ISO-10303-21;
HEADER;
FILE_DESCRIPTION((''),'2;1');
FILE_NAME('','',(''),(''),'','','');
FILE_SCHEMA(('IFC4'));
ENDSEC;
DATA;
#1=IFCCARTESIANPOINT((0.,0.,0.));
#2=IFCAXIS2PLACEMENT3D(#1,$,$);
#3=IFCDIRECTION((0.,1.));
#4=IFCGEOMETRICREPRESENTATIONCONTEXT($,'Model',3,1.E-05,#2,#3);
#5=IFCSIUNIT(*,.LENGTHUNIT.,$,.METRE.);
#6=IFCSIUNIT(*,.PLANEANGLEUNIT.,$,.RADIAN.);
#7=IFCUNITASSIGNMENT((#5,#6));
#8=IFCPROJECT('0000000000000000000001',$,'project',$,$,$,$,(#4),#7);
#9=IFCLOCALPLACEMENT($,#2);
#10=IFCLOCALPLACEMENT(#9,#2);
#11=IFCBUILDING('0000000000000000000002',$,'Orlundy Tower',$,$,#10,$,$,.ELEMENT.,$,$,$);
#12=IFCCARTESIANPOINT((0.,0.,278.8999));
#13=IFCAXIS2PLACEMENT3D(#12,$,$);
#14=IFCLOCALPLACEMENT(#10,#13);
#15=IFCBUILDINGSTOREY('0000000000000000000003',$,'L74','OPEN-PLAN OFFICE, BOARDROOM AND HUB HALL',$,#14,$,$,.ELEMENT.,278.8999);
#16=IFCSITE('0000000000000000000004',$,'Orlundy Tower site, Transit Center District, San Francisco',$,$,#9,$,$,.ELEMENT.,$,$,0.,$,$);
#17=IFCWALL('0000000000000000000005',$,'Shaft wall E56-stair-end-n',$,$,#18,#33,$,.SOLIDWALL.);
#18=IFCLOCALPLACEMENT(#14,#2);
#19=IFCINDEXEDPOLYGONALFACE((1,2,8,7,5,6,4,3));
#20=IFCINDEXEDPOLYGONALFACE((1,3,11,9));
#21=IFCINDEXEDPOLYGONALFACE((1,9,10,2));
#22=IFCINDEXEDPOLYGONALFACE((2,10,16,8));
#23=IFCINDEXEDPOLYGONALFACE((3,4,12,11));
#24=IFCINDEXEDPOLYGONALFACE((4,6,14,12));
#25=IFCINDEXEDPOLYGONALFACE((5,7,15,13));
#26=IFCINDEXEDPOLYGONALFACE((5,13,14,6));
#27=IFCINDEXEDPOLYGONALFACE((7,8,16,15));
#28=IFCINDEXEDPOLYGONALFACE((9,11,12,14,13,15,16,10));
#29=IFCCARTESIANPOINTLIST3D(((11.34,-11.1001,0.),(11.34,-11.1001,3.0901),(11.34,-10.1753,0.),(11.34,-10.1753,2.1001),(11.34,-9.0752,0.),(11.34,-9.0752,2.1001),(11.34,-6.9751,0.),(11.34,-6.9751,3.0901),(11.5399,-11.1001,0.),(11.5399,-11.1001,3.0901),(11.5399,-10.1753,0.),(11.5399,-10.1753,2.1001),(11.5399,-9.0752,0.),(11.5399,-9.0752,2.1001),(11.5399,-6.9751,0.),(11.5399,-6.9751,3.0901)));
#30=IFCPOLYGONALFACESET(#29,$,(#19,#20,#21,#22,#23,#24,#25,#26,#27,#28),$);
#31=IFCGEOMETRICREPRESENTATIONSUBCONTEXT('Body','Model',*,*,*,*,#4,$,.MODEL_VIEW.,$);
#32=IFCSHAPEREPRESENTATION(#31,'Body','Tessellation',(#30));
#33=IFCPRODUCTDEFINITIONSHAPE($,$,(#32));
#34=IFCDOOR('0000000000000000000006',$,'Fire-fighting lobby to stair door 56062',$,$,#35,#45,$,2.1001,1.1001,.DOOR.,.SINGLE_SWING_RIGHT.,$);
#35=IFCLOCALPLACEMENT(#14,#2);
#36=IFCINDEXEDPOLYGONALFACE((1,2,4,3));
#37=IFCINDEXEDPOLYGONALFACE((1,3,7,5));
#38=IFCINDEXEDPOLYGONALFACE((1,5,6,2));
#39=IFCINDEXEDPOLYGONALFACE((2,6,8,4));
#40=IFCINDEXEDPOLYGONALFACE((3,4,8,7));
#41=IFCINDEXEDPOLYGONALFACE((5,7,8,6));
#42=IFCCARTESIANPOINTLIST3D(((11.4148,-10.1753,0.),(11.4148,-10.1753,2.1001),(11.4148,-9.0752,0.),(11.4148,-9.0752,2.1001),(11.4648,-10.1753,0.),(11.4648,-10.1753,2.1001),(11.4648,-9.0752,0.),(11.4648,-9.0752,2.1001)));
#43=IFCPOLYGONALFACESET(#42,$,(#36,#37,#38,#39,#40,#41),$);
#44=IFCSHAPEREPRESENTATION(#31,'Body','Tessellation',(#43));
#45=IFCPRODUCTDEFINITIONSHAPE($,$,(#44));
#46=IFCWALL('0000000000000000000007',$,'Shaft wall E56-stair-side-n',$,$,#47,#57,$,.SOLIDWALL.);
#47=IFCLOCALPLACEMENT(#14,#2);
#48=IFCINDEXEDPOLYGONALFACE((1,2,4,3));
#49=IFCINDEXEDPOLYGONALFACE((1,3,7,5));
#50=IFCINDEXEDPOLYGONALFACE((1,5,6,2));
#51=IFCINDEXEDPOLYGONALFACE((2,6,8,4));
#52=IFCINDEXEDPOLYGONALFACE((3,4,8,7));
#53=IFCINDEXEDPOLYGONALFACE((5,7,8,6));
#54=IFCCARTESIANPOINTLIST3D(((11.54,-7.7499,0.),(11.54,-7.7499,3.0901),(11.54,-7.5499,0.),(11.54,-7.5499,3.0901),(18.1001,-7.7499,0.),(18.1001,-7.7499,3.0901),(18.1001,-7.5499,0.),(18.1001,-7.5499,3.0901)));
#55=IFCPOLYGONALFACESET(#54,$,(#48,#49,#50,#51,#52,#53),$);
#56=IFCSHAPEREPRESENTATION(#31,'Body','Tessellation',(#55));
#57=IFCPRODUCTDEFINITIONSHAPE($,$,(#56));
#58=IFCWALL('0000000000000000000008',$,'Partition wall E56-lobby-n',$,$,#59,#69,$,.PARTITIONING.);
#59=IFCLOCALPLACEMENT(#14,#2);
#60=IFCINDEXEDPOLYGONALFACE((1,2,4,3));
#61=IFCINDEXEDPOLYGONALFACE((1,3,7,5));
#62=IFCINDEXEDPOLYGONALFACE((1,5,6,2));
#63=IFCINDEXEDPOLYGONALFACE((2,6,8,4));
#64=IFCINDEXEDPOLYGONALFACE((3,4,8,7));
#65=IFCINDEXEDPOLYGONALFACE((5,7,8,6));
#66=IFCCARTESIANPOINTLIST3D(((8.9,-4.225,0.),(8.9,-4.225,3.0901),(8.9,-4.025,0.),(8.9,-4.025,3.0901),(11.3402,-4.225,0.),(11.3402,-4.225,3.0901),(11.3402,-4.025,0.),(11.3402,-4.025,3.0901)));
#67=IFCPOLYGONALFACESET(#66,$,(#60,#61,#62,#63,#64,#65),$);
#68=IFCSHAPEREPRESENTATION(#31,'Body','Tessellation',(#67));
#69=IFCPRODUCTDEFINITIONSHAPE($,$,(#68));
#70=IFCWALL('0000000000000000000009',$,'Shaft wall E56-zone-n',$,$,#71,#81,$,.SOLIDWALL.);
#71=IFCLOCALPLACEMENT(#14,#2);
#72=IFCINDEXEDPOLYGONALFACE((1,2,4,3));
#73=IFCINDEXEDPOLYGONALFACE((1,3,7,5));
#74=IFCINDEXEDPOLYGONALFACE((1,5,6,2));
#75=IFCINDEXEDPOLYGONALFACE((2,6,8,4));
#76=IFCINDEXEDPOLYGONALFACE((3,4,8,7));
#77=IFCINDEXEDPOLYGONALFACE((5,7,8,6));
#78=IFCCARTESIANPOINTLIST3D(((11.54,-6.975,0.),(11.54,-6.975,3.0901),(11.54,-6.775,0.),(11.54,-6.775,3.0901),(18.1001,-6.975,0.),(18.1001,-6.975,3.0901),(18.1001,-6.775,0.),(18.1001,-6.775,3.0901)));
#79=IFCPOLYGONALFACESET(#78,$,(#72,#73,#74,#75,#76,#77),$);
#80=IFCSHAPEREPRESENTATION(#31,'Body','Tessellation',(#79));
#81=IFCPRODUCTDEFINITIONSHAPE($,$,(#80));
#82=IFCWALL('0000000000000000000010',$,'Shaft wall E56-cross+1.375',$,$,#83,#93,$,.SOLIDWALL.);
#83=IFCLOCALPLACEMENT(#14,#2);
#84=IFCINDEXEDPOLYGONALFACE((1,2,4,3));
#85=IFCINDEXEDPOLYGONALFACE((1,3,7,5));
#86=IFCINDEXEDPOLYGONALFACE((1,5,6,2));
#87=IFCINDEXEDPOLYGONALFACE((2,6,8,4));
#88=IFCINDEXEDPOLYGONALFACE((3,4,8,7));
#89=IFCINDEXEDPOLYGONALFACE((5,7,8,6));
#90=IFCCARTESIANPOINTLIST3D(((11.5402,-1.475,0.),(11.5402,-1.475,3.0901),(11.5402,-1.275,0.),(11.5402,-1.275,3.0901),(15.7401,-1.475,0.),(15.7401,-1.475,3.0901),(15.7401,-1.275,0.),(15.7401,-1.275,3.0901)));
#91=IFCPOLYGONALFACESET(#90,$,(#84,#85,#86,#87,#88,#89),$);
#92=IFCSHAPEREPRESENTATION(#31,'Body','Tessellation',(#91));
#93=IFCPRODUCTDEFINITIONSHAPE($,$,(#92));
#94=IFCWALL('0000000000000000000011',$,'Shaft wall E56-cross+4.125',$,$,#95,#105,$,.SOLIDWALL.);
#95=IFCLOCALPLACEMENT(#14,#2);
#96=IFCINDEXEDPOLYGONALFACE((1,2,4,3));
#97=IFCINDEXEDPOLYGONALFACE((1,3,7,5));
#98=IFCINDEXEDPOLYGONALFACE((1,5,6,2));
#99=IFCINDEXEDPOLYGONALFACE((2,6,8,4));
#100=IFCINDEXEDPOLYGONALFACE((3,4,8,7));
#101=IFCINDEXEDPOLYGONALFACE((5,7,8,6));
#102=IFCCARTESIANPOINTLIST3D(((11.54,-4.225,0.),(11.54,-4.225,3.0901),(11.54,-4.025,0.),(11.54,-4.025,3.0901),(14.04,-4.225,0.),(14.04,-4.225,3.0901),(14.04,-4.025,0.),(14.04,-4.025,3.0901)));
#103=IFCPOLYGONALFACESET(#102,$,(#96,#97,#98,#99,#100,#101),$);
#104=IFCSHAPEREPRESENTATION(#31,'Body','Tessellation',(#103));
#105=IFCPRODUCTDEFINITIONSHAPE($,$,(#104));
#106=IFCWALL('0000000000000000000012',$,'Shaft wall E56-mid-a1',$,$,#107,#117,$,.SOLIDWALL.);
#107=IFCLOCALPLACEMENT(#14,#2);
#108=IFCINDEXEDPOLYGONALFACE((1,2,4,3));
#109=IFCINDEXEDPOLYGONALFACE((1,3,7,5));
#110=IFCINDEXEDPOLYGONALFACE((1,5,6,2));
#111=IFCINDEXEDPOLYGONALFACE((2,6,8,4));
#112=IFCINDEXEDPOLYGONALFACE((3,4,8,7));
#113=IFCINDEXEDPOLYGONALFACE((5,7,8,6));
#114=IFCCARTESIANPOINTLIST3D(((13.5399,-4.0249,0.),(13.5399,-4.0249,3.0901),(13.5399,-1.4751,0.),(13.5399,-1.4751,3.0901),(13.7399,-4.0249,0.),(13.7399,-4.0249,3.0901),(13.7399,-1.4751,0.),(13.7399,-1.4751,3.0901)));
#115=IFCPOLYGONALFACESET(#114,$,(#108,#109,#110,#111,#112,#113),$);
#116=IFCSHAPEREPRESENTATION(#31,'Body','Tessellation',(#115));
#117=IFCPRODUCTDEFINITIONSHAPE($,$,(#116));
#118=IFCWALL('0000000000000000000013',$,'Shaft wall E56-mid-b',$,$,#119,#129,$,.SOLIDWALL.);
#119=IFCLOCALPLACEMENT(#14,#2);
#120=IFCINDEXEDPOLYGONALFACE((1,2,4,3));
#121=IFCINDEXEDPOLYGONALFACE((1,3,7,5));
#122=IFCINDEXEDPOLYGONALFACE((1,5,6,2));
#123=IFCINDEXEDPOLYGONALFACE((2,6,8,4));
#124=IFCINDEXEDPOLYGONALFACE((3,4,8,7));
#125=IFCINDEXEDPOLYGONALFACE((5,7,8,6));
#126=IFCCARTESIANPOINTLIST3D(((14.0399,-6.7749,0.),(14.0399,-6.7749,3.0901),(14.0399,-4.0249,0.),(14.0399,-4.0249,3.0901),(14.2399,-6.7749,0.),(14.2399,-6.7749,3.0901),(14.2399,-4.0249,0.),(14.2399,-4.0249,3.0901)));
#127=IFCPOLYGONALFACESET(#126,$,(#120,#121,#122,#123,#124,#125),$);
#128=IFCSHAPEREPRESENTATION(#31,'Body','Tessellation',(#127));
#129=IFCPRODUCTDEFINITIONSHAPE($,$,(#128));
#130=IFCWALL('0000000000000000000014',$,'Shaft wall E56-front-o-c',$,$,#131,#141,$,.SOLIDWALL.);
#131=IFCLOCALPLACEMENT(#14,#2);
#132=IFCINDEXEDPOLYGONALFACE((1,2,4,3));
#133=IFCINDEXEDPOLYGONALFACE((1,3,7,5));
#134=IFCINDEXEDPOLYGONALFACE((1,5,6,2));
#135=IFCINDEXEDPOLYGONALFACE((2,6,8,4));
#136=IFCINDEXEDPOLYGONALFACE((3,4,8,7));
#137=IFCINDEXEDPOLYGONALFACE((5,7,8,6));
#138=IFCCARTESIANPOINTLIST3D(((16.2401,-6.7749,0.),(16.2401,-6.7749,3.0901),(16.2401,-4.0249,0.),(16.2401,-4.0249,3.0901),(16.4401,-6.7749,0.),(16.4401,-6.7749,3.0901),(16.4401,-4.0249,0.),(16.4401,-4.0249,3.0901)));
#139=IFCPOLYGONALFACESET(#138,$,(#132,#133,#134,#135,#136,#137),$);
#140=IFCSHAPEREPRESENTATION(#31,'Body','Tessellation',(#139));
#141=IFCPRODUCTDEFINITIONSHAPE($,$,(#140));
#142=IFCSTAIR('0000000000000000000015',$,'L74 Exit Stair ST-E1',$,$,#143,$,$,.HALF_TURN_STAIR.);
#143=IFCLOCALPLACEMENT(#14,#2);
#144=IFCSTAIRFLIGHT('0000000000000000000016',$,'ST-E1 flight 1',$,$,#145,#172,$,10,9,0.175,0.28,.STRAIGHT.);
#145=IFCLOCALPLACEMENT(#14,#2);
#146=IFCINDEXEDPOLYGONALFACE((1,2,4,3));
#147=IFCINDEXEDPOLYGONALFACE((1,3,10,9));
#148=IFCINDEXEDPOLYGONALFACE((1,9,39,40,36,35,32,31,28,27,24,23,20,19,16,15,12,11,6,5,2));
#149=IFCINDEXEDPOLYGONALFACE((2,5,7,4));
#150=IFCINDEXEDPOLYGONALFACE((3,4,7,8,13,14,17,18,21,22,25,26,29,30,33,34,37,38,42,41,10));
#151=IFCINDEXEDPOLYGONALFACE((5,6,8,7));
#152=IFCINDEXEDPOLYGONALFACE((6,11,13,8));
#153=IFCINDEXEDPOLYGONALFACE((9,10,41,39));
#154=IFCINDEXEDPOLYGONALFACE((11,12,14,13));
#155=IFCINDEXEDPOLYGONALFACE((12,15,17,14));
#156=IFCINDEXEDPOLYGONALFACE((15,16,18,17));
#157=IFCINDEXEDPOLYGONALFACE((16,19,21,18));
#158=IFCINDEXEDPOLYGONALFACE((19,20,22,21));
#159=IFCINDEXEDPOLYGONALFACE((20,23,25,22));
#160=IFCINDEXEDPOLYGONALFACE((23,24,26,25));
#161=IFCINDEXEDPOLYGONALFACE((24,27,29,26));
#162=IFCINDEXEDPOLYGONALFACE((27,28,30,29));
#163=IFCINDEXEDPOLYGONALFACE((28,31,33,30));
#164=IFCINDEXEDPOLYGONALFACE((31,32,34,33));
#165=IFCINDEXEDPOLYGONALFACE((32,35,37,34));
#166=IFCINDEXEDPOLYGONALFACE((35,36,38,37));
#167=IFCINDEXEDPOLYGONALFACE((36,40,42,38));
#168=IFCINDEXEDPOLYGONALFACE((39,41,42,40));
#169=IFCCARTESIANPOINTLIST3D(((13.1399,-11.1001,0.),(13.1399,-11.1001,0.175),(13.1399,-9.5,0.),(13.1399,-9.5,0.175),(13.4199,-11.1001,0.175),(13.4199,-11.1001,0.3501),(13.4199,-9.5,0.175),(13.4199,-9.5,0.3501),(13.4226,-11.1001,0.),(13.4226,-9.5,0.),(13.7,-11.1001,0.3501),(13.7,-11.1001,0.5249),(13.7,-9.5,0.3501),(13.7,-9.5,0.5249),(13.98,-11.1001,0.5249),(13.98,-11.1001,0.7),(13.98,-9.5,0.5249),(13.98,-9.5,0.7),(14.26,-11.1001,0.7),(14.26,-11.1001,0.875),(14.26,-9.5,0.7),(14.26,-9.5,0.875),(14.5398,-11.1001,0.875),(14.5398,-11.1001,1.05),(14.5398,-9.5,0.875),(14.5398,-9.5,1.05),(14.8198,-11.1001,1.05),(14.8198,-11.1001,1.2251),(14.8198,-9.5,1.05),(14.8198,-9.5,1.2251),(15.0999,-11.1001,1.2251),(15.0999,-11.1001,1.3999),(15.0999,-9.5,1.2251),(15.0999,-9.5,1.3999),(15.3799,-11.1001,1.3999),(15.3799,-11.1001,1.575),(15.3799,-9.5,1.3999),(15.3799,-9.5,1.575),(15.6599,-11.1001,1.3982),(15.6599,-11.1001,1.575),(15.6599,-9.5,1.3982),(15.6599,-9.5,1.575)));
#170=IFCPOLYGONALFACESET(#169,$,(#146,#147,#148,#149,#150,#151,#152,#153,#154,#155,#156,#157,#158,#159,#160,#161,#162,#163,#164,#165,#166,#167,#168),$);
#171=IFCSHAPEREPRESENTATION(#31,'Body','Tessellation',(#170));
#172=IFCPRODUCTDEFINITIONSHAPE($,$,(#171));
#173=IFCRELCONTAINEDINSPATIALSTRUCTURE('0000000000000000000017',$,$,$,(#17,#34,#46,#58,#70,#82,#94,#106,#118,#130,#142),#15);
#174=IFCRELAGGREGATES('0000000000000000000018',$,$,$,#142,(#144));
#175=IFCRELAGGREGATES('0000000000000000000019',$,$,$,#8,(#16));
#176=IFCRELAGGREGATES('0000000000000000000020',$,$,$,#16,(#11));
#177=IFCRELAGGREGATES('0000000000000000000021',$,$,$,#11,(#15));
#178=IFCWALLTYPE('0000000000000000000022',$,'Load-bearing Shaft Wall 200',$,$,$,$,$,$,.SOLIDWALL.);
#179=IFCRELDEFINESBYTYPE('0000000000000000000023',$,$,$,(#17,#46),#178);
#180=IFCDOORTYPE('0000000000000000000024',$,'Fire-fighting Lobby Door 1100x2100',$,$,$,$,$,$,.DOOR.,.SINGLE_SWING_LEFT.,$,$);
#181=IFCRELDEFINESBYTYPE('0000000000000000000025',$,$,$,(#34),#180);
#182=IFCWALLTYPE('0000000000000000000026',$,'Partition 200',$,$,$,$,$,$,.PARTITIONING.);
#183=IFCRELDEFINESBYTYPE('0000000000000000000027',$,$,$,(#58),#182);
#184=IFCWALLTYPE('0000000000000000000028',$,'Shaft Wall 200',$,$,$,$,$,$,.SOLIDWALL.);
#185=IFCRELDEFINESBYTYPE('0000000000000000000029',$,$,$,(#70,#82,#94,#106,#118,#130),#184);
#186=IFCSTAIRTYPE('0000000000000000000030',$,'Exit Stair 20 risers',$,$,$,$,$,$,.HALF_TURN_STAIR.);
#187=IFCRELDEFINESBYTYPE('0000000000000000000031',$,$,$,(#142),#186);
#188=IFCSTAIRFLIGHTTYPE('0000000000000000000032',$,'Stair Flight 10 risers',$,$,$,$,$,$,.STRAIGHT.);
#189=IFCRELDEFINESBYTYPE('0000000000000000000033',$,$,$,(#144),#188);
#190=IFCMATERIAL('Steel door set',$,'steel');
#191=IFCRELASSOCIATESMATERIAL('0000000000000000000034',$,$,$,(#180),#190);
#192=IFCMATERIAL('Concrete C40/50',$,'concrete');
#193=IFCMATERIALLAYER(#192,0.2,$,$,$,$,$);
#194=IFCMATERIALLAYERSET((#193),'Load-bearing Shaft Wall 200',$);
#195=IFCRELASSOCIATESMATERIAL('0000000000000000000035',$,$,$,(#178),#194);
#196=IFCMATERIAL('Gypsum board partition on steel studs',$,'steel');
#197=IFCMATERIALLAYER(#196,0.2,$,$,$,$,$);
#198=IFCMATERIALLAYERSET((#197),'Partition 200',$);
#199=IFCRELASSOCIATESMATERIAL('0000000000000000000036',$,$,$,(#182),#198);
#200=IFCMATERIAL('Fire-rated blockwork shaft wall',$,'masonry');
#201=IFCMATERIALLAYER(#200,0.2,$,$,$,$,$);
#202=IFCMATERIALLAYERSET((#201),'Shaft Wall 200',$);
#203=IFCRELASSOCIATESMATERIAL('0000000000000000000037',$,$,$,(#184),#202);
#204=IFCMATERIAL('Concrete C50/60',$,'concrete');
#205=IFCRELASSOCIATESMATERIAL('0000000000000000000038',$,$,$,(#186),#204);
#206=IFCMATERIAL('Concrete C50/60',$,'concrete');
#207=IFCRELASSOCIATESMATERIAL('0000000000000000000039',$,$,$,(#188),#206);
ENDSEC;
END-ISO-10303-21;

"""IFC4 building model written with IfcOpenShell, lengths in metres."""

from ifc_helpers import new_model, si_unit, direction, frame, frame_2d, origin, place, context, subcontext, project, spatial, polyline, rectangle, outline, extrude, material, layer, layer_set, type_object, element, fill, aggregate, save


model = new_model("IFC4")

# Units and contexts
model_context = context("Model", 3, precision=1e-05, world=origin(), true_north=direction((0.0, 1.0)))
body_context = subcontext(model_context, "Body", "Model", "MODEL_VIEW")
ifc_project = project(units=[si_unit("LENGTHUNIT", "METRE"), si_unit("PLANEANGLEUNIT", "RADIAN")], contexts=[model_context])

# Site, building, storey
site_placement = place(None, origin())
site = spatial("IfcSite", under=ifc_project, at=site_placement, Name="Orlundy Tower site, Transit Center District, San Francisco", CompositionType="ELEMENT", RefElevation=0.0)
building_placement = place(site_placement, origin())
building = spatial("IfcBuilding", under=site, at=building_placement, Name="Orlundy Tower", CompositionType="ELEMENT")
storey_placement = place(building_placement, frame((0.0, 0.0, 278.8999)))
storey = spatial("IfcBuildingStorey", under=building, at=storey_placement, Name="L74", Description="OPEN-PLAN OFFICE, BOARDROOM AND HUB HALL", CompositionType="ELEMENT", Elevation=278.8999)

# Shared definitions
ifc_material_1 = material(Name="Steel door set", Category="steel")
door_type_1 = type_object("IfcDoorType", Name="Fire-fighting Lobby Door 1100x2100", OperationType="SINGLE_SWING_LEFT", PredefinedType="DOOR", material=ifc_material_1)

# Wall, opening, door
ifc_material_2 = material(Name="Concrete C40/50", Category="concrete")
ifc_layer_1 = layer(ifc_material_2, 0.2)
ifc_layer_set_1 = layer_set([ifc_layer_1], Name="Load-bearing Shaft Wall 200")
wall_type_1 = type_object("IfcWallType", Name="Load-bearing Shaft Wall 200", PredefinedType="SOLIDWALL", material=ifc_layer_set_1)
wall_1_placement = place(storey_placement, frame((11.4399, -6.9751, 0.0), z_axis=(0.0, 0.0, 1.0), x_axis=(0.0, -1.0, 0.0)))
wall_1 = element("IfcWall", 1, at=wall_1_placement, inside=storey, type_object=wall_type_1, Name="Shaft wall E56-stair-end-n", PredefinedType="SOLIDWALL", context=body_context, shape_type="SweptSolid", body=[
    extrude(rectangle(XDim=4.125, YDim=0.2, at=frame_2d((2.0625, 0.0))), origin(), (0.0, 0.0, 1.0), 3.0901),
])
opening_1_placement = place(wall_1_placement, frame((2.1001, 0.0, 0.0)))
opening_1 = element("IfcOpeningElement", 2, at=opening_1_placement, cuts=wall_1, PredefinedType="OPENING", context=body_context, shape_type="SweptSolid", body=[
    extrude(rectangle(XDim=1.1001, YDim=2.1001, at=frame_2d((0.55, 1.05))), frame((0.0, 0.1101, 0.0), z_axis=(0.0, -1.0, 0.0), x_axis=(1.0, 0.0, 0.0)), (0.0, 0.0, 1.0), 0.2202),
])
door_1_placement = place(opening_1_placement, origin())
door_1 = element("IfcDoor", 3, at=door_1_placement, inside=storey, type_object=door_type_1, Name="Fire-fighting lobby to stair door 56062", OperationType="SINGLE_SWING_RIGHT", OverallHeight=2.1001, OverallWidth=1.1001, PredefinedType="DOOR", context=body_context, shape_type="SweptSolid", body=[
    extrude(rectangle(XDim=1.1001, YDim=2.1001, at=frame_2d((0.55, 1.05))), frame((0.0, 0.0249, 0.0), z_axis=(0.0, -1.0, 0.0), x_axis=(1.0, 0.0, 0.0)), (0.0, 0.0, 1.0), 0.05),
])
fill(opening_1, door_1)

# Walls
wall_2_placement = place(storey_placement, frame((11.54, -7.6499, 0.0), z_axis=(0.0, 0.0, 1.0), x_axis=(1.0, 0.0, 0.0)))
element("IfcWall", 4, at=wall_2_placement, inside=storey, type_object=wall_type_1, Name="Shaft wall E56-stair-side-n", PredefinedType="SOLIDWALL", context=body_context, shape_type="SweptSolid", body=[
    extrude(rectangle(XDim=6.5601, YDim=0.2, at=frame_2d((3.28, 0.0))), origin(), (0.0, 0.0, 1.0), 3.0901),
])
ifc_material_3 = material(Name="Gypsum board partition on steel studs", Category="steel")
ifc_layer_2 = layer(ifc_material_3, 0.2)
ifc_layer_set_2 = layer_set([ifc_layer_2], Name="Partition 200")
wall_type_2 = type_object("IfcWallType", Name="Partition 200", PredefinedType="PARTITIONING", material=ifc_layer_set_2)
wall_3_placement = place(storey_placement, frame((8.8999, -4.125, 0.0), z_axis=(0.0, 0.0, 1.0), x_axis=(1.0, 0.0, 0.0)))
element("IfcWall", 5, at=wall_3_placement, inside=storey, type_object=wall_type_2, Name="Partition wall E56-lobby-n", PredefinedType="PARTITIONING", context=body_context, shape_type="SweptSolid", body=[
    extrude(rectangle(XDim=2.4402, YDim=0.2, at=frame_2d((1.2202, 0.0))), origin(), (0.0, 0.0, 1.0), 3.0901),
])
ifc_material_4 = material(Name="Fire-rated blockwork shaft wall", Category="masonry")
ifc_layer_3 = layer(ifc_material_4, 0.2)
ifc_layer_set_3 = layer_set([ifc_layer_3], Name="Shaft Wall 200")
wall_type_3 = type_object("IfcWallType", Name="Shaft Wall 200", PredefinedType="SOLIDWALL", material=ifc_layer_set_3)
wall_4_placement = place(storey_placement, frame((11.54, -6.875, 0.0), z_axis=(0.0, 0.0, 1.0), x_axis=(1.0, 0.0, 0.0)))
element("IfcWall", 6, at=wall_4_placement, inside=storey, type_object=wall_type_3, Name="Shaft wall E56-zone-n", PredefinedType="SOLIDWALL", context=body_context, shape_type="SweptSolid", body=[
    extrude(rectangle(XDim=6.5601, YDim=0.2, at=frame_2d((3.28, 0.0))), origin(), (0.0, 0.0, 1.0), 3.0901),
])
wall_5_placement = place(storey_placement, frame((11.54, -1.375, 0.0), z_axis=(0.0, 0.0, 1.0), x_axis=(1.0, 0.0, 0.0)))
element("IfcWall", 7, at=wall_5_placement, inside=storey, type_object=wall_type_3, Name="Shaft wall E56-cross+1.375", PredefinedType="SOLIDWALL", context=body_context, shape_type="SweptSolid", body=[
    extrude(rectangle(XDim=4.2, YDim=0.2, at=frame_2d((2.1001, 0.0))), origin(), (0.0, 0.0, 1.0), 3.0901),
])
wall_6_placement = place(storey_placement, frame((11.54, -4.125, 0.0), z_axis=(0.0, 0.0, 1.0), x_axis=(1.0, 0.0, 0.0)))
element("IfcWall", 8, at=wall_6_placement, inside=storey, type_object=wall_type_3, Name="Shaft wall E56-cross+4.125", PredefinedType="SOLIDWALL", context=body_context, shape_type="SweptSolid", body=[
    extrude(rectangle(XDim=2.5, YDim=0.2, at=frame_2d((1.25, 0.0))), origin(), (0.0, 0.0, 1.0), 3.0901),
])
wall_7_placement = place(storey_placement, frame((13.6399, -1.4751, 0.0), z_axis=(0.0, 0.0, 1.0), x_axis=(0.0, -1.0, 0.0)))
element("IfcWall", 9, at=wall_7_placement, inside=storey, type_object=wall_type_3, Name="Shaft wall E56-mid-a1", PredefinedType="SOLIDWALL", context=body_context, shape_type="SweptSolid", body=[
    extrude(rectangle(XDim=2.5498, YDim=0.2, at=frame_2d((1.2749, 0.0))), origin(), (0.0, 0.0, 1.0), 3.0901),
])
for number, where, z_axis, x_axis, name in (
    (10, (14.1399, -4.0249, 0.0), (0.0, 0.0, 1.0), (0.0, -1.0, 0.0), "Shaft wall E56-mid-b"),
    (11, (16.3401, -4.0249, 0.0), (0.0, 0.0, 1.0), (0.0, -1.0, 0.0), "Shaft wall E56-front-o-c"),
):
    element("IfcWall", number, at=place(storey_placement, frame(where, z_axis=z_axis, x_axis=x_axis)), inside=storey, type_object=wall_type_3, Name=name, PredefinedType="SOLIDWALL", context=body_context, shape_type="SweptSolid", body=[
        extrude(rectangle(XDim=2.75, YDim=0.2, at=frame_2d((1.375, 0.0))), origin(), (0.0, 0.0, 1.0), 3.0901),
    ])

# Stair, stair flight
ifc_material_5 = material(Name="Concrete C50/60", Category="concrete")
stair_type = type_object("IfcStairType", Name="Exit Stair 20 risers", PredefinedType="HALF_TURN_STAIR", material=ifc_material_5)
stair_placement = place(storey_placement, origin())
stair = element("IfcStair", 12, at=stair_placement, inside=storey, type_object=stair_type, Name="L74 Exit Stair ST-E1", PredefinedType="HALF_TURN_STAIR")
ifc_material_6 = material(Name="Concrete C50/60", Category="concrete")
stair_flight_type = type_object("IfcStairFlightType", Name="Stair Flight 10 risers", PredefinedType="STRAIGHT", material=ifc_material_6)
stair_flight_1_placement = place(storey_placement, frame((13.1399, -10.3, 0.0), z_axis=(0.0, 0.0, 1.0), x_axis=(1.0, 0.0, 0.0)))
stair_flight_1 = element("IfcStairFlight", 13, at=stair_flight_1_placement, type_object=stair_flight_type, Name="ST-E1 flight 1", NumberOfRisers=10, NumberOfTreads=9, PredefinedType="STRAIGHT", RiserHeight=0.175, TreadLength=0.28, context=body_context, shape_type="SweptSolid", body=[
    extrude(outline(polyline([(0.0, 0.0), (0.0, 0.175), (0.28, 0.175), (0.28, 0.3501), (0.5601, 0.3501), (0.5601, 0.5249), (0.8401, 0.5249), (0.8401, 0.7), (1.1201, 0.7), (1.1201, 0.875), (1.3999, 0.875), (1.3999, 1.05), (1.6799, 1.05), (1.6799, 1.2251), (1.96, 1.2251), (1.96, 1.3999), (2.24, 1.3999), (2.24, 1.575), (2.52, 1.575), (2.52, 1.75), (2.52, 1.3982), (0.2827, 0.0), (0.0, 0.0)])), frame((0.0, 0.8, 0.0), z_axis=(0.0, -1.0, 0.0), x_axis=(1.0, 0.0, 0.0)), (0.0, 0.0, 1.0), 1.6001),
])
aggregate(stair, [stair_flight_1])

save(model, "model.ifc")
